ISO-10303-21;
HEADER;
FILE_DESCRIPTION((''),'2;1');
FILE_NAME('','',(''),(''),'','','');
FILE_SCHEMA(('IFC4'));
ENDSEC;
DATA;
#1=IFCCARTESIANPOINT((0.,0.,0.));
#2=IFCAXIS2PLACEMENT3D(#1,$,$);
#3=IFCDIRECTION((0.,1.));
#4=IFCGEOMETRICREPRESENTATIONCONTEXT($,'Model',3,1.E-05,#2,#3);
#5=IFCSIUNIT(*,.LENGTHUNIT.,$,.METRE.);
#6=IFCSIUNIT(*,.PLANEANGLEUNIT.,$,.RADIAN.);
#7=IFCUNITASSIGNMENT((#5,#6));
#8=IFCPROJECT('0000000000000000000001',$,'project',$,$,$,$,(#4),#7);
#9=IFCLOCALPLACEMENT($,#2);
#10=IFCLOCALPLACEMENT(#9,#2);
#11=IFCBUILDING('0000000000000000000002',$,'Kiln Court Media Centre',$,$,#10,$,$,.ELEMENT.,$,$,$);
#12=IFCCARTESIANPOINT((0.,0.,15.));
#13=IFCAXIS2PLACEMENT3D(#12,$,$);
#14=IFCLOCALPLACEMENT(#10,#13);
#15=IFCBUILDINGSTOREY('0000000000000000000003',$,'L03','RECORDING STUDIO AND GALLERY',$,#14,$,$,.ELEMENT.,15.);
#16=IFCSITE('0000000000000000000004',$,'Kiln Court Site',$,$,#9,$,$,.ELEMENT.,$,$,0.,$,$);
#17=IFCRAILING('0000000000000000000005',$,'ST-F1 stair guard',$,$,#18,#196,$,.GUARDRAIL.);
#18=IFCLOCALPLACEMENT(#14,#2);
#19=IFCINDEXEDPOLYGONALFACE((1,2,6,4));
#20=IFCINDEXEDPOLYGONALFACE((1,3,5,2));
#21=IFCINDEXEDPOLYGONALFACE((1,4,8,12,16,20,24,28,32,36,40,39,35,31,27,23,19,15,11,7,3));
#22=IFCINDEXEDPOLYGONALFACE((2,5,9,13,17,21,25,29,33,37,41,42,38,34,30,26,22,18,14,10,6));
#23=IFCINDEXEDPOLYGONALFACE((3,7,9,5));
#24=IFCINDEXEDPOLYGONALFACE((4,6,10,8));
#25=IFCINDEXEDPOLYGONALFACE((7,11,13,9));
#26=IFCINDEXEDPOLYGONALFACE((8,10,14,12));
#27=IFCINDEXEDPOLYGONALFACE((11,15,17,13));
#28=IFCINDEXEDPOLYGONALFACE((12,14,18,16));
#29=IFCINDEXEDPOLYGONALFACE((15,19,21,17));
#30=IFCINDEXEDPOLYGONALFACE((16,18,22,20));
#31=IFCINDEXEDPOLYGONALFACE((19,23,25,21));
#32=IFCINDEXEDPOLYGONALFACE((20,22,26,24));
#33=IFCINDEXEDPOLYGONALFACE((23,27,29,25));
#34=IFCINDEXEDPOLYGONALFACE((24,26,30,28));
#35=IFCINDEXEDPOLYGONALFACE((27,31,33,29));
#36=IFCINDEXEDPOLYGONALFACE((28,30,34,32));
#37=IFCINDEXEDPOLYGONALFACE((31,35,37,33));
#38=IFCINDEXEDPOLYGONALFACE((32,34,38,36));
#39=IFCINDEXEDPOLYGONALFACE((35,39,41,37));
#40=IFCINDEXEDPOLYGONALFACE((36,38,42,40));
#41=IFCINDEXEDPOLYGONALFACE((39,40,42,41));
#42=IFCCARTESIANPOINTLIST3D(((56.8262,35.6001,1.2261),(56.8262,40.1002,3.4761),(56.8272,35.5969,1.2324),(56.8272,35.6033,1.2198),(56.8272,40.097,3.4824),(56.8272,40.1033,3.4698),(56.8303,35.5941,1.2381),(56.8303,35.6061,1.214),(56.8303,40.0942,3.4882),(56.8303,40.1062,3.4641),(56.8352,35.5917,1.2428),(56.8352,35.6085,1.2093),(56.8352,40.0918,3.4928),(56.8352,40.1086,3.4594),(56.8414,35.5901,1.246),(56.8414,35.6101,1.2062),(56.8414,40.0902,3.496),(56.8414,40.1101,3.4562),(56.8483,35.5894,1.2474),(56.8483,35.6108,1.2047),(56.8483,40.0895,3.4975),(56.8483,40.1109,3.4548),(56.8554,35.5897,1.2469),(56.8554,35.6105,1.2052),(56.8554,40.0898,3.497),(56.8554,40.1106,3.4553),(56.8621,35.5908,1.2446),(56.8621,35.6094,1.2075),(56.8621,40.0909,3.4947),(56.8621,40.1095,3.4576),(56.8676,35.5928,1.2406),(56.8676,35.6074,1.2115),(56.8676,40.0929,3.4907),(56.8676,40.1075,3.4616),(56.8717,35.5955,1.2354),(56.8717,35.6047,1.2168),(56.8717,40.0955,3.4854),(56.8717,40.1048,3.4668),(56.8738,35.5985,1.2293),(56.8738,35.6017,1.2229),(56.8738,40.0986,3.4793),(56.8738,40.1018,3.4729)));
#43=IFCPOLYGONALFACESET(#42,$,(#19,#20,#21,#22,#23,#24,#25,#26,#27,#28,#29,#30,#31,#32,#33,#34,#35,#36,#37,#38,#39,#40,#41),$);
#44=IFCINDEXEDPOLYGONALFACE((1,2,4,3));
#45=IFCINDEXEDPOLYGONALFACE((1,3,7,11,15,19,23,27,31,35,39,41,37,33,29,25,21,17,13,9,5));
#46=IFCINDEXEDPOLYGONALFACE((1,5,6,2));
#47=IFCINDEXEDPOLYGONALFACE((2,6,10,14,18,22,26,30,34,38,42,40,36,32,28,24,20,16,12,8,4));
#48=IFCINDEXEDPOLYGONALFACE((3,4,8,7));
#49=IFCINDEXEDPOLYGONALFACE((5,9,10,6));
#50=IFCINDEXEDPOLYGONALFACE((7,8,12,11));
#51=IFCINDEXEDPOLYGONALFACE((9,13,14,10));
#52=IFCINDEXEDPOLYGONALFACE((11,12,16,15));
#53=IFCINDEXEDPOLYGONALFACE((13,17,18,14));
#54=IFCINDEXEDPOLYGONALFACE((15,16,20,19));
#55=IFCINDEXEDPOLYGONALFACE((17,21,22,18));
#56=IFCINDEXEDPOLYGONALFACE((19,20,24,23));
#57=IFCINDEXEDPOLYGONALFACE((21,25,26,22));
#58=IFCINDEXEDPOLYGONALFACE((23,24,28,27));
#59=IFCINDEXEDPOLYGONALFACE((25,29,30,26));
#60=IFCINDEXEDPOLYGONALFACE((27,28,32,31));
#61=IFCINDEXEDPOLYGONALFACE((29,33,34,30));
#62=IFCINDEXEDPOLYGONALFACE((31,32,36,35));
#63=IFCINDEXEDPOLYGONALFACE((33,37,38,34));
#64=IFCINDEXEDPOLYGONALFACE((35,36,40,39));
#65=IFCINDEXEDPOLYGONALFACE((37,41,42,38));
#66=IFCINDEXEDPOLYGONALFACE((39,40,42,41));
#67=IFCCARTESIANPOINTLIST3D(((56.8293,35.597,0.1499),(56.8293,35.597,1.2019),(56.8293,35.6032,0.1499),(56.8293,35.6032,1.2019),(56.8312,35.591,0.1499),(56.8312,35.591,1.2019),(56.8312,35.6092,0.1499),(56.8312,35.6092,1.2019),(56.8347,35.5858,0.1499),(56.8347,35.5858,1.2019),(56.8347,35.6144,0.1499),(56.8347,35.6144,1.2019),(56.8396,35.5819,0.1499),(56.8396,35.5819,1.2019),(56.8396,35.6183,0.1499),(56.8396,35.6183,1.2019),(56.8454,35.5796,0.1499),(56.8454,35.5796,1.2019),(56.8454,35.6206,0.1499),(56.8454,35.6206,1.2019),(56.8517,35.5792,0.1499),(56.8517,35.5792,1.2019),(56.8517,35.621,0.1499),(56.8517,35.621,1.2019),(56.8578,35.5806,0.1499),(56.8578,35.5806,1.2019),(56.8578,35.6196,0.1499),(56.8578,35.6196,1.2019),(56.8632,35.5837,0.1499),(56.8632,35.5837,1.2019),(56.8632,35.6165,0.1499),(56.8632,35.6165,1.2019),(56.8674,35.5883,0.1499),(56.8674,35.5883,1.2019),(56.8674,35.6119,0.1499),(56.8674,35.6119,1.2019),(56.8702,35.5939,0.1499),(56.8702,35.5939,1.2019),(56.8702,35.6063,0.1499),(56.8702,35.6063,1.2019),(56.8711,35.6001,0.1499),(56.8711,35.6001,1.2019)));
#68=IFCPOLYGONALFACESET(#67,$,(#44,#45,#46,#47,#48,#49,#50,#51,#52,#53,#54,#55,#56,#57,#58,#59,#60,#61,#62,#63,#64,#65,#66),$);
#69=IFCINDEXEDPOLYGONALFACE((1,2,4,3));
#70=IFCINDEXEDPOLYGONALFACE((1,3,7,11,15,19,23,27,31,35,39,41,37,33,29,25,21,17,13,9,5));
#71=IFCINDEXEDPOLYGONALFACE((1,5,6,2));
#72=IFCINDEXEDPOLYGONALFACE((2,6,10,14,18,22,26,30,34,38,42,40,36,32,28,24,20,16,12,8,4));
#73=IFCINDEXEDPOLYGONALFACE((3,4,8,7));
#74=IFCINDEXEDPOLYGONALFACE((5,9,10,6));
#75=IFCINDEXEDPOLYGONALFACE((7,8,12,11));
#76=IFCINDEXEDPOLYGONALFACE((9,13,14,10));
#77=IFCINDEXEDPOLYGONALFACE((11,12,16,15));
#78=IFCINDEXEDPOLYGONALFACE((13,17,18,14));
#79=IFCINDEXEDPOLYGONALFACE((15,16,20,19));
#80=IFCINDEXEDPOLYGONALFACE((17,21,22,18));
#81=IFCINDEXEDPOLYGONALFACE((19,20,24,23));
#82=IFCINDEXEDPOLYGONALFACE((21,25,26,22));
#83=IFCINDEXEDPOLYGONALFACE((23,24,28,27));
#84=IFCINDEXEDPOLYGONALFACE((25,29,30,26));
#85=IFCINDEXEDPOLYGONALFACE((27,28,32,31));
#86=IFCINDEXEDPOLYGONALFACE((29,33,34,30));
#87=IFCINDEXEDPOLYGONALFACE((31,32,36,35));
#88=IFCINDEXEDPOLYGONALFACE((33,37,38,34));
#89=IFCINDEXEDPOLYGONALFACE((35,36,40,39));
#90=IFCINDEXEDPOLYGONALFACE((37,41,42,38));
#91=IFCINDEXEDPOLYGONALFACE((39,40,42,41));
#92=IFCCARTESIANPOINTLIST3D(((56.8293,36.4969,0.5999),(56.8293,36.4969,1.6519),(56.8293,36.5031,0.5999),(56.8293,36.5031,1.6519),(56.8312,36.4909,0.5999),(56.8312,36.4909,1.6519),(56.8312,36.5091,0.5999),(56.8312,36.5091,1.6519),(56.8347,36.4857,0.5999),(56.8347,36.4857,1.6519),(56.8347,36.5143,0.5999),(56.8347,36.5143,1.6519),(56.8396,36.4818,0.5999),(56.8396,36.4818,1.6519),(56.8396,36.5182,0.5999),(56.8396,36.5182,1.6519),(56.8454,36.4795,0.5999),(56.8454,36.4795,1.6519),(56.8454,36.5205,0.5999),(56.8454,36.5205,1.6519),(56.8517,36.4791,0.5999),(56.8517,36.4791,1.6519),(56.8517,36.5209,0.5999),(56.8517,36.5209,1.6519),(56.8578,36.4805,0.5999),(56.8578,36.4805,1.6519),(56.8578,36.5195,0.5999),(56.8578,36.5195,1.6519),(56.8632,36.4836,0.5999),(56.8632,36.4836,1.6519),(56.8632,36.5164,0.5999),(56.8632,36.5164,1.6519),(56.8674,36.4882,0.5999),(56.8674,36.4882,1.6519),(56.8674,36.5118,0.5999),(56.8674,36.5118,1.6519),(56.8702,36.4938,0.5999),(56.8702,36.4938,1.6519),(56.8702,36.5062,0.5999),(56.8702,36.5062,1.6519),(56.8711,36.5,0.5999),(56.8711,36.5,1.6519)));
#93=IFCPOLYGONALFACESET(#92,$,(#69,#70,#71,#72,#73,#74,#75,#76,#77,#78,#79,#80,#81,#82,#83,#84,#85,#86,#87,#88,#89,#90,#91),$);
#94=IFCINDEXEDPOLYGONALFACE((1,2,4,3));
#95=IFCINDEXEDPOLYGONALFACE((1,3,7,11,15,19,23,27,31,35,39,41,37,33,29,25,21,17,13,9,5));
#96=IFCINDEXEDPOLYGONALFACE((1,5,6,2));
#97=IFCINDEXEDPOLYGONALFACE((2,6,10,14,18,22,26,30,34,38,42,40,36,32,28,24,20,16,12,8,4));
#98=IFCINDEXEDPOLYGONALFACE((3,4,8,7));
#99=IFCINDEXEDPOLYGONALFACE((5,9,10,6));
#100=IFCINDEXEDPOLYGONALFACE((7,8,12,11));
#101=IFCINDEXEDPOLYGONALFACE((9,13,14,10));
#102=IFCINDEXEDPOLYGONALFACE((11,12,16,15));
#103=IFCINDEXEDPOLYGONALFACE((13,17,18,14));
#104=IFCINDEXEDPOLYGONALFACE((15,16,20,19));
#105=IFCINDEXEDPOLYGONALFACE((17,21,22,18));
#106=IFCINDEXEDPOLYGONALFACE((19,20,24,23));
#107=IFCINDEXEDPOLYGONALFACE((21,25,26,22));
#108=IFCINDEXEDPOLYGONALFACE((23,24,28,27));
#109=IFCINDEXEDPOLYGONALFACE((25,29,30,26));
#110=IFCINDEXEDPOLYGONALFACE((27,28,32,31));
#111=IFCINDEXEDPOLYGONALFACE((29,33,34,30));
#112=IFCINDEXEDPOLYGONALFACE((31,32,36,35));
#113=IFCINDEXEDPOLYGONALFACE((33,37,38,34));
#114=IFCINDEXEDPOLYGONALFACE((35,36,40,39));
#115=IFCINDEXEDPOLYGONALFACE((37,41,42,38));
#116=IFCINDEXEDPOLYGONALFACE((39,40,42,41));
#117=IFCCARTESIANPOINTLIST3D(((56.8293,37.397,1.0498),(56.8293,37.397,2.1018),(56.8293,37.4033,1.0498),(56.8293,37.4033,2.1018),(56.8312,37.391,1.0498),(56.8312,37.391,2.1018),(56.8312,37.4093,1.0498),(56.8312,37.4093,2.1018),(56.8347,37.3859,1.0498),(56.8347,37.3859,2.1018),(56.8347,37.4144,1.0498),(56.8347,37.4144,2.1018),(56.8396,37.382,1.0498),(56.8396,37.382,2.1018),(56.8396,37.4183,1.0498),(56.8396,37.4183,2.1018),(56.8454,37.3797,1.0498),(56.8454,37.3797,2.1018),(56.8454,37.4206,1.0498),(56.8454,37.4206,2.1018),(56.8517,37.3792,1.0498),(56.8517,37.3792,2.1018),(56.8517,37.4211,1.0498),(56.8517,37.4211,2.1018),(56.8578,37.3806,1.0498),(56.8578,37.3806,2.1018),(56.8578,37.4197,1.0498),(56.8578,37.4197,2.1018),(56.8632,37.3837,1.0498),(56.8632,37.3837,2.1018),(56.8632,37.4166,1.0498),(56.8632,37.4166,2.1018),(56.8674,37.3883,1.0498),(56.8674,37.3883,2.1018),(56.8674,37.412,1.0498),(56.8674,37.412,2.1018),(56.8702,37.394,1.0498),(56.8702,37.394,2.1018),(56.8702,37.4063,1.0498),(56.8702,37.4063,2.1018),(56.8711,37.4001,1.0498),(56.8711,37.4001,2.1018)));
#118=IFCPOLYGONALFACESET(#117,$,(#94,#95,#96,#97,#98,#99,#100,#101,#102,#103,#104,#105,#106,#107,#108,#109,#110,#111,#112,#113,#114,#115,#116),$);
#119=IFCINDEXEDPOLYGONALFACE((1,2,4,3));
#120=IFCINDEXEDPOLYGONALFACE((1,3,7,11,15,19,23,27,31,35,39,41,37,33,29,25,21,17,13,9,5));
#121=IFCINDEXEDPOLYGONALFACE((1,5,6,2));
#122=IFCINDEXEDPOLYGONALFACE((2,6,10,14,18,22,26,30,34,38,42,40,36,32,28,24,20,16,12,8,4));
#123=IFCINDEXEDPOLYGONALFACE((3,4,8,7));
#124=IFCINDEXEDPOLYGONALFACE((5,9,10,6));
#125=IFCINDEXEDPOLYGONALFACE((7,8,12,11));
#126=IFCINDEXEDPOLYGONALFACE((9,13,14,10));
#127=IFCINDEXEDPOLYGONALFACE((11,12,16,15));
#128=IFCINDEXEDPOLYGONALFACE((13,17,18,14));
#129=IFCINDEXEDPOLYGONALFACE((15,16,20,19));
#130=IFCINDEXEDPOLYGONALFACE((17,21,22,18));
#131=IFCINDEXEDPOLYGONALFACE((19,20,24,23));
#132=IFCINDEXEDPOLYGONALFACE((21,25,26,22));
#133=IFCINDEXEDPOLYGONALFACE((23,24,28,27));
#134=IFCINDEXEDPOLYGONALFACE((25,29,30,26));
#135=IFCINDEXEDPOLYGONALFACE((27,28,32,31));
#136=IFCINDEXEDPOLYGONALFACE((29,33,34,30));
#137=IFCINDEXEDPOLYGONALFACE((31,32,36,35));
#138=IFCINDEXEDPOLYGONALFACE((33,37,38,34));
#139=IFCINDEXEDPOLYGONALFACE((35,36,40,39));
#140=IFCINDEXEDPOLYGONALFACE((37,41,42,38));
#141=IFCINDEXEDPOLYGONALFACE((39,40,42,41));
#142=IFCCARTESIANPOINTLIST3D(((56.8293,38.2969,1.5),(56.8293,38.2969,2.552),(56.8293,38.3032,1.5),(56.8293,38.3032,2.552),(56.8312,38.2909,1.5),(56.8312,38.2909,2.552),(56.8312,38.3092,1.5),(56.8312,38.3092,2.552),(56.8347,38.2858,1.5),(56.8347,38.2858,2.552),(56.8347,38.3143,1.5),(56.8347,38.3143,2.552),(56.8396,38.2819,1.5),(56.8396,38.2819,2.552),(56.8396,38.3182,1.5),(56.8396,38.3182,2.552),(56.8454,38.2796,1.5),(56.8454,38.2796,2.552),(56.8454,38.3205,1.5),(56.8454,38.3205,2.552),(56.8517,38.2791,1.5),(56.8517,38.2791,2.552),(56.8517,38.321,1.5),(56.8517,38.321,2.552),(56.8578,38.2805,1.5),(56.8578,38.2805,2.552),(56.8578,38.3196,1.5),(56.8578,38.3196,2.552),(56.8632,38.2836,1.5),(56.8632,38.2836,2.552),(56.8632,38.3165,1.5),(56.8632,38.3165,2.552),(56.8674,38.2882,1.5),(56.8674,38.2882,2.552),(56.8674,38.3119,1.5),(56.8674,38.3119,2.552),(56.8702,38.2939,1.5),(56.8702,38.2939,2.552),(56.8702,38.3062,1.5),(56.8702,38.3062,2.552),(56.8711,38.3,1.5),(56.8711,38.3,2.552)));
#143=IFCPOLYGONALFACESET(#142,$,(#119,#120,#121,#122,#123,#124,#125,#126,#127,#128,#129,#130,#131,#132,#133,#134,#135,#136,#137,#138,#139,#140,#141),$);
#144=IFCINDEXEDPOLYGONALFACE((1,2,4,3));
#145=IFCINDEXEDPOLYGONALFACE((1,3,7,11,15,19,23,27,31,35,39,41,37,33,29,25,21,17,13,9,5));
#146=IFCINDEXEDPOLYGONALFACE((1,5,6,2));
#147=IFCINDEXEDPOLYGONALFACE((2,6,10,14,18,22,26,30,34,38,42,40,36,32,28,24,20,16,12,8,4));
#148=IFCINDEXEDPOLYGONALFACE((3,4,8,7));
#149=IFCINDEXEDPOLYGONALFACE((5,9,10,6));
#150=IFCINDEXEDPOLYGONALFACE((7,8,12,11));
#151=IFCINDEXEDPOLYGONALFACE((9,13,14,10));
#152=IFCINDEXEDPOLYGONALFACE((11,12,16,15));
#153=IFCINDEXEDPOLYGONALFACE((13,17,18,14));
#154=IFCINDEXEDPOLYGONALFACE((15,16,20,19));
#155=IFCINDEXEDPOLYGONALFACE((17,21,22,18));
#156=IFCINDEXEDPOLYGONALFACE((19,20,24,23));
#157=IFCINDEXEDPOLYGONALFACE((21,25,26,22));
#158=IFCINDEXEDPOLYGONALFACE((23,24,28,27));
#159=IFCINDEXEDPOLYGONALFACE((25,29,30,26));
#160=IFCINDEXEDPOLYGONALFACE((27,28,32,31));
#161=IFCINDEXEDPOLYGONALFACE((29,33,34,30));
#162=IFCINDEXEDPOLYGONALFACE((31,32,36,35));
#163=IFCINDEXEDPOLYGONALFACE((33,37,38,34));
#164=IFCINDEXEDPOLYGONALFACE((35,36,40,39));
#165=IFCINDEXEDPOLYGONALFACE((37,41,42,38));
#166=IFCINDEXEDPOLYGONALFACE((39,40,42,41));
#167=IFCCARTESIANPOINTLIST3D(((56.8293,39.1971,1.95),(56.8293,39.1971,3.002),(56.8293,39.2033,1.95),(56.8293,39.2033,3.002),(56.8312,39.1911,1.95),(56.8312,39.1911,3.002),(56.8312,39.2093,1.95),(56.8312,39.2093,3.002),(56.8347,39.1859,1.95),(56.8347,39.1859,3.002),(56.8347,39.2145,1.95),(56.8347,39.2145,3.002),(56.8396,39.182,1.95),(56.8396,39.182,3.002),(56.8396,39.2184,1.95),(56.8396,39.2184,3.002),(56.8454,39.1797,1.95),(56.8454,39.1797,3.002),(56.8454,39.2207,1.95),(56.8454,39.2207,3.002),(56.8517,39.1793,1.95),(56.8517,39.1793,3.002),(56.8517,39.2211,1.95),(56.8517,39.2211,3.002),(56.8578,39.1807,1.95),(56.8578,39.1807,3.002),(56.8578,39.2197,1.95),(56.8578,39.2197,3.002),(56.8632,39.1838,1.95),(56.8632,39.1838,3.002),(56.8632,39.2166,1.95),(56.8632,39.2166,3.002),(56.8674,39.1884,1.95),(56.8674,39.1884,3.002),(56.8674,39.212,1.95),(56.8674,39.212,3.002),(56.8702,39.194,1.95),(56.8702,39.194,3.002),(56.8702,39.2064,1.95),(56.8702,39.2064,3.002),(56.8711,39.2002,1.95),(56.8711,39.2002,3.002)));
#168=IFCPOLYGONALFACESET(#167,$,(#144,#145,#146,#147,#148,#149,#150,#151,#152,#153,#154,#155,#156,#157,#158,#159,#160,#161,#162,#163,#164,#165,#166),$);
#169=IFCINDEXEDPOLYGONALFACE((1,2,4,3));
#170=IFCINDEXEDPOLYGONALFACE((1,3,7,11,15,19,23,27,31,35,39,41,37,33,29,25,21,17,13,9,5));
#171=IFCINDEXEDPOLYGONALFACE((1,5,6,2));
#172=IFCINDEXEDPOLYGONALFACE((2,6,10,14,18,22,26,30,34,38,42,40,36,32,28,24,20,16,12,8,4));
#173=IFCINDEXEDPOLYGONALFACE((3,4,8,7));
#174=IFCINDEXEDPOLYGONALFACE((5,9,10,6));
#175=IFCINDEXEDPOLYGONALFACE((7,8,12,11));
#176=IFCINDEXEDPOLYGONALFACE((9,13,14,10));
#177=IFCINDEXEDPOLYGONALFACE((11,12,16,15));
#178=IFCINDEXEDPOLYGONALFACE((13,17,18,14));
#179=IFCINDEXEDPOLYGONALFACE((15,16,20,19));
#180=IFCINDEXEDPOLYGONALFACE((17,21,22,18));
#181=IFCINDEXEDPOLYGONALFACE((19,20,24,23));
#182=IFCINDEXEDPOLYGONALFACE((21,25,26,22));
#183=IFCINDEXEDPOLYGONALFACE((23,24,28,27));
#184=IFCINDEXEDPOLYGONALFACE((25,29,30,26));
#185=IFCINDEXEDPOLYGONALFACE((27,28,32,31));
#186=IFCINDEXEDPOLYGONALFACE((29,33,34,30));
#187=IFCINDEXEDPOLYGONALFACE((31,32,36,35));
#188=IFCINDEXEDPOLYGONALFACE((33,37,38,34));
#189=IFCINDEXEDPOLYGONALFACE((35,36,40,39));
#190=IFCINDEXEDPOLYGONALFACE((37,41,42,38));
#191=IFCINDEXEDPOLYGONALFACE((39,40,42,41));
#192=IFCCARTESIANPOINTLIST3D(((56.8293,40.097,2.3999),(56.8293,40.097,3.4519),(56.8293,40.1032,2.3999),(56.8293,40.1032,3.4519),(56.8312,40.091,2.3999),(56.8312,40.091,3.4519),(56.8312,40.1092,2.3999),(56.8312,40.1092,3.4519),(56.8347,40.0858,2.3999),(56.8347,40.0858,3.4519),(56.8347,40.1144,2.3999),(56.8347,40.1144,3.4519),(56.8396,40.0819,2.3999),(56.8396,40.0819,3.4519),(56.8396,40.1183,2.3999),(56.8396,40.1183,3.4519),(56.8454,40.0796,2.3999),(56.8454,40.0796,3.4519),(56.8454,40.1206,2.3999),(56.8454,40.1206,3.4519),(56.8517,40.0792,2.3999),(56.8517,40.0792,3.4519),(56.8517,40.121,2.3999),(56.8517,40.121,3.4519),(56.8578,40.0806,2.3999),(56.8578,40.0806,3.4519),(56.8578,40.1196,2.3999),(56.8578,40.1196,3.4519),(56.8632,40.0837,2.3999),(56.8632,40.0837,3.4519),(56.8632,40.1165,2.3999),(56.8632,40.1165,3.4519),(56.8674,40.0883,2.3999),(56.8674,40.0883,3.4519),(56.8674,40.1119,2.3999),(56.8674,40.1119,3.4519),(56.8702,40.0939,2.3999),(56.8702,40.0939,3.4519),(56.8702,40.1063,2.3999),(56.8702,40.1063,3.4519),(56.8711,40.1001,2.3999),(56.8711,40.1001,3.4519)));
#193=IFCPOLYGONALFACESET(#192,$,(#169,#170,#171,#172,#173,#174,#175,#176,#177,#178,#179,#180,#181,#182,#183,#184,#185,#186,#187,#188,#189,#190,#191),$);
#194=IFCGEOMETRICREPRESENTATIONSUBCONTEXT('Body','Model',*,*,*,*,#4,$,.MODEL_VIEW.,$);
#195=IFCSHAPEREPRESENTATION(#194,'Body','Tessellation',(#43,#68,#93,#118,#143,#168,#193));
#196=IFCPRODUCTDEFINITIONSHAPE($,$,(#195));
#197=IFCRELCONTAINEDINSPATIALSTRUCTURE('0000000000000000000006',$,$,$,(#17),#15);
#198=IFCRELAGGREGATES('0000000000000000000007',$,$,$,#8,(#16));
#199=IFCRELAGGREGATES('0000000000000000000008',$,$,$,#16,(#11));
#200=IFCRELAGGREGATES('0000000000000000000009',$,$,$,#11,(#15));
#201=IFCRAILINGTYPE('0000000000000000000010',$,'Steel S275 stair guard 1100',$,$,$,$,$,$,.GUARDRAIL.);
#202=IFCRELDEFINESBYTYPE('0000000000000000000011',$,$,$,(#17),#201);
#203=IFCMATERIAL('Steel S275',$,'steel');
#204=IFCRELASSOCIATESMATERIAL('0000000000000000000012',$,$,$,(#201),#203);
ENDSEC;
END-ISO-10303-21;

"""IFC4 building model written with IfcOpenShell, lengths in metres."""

from ifc_helpers import new_model, si_unit, direction, frame, origin, origin_2d, place, context, subcontext, project, spatial, circle, extrude, material, type_object, element, save


model = new_model("IFC4")

# Units and contexts
model_context = context("Model", 3, precision=1e-05, world=origin(), true_north=direction((0.0, 1.0)))
body_context = subcontext(model_context, "Body", "Model", "MODEL_VIEW")
ifc_project = project(units=[si_unit("LENGTHUNIT", "METRE"), si_unit("PLANEANGLEUNIT", "RADIAN")], contexts=[model_context])

# Site, building, storey
site_placement = place(None, origin())
site = spatial("IfcSite", under=ifc_project, at=site_placement, Name="Kiln Court Site", CompositionType="ELEMENT", RefElevation=0.0)
building_placement = place(site_placement, origin())
building = spatial("IfcBuilding", under=site, at=building_placement, Name="Kiln Court Media Centre", CompositionType="ELEMENT")
storey_placement = place(building_placement, frame((0.0, 0.0, 15.0)))
storey = spatial("IfcBuildingStorey", under=building, at=storey_placement, Name="L03", Description="RECORDING STUDIO AND GALLERY", CompositionType="ELEMENT", Elevation=15.0)

# Railing
ifc_material_1 = material(Name="Steel S275", Category="steel")
railing_type_1 = type_object("IfcRailingType", Name="Steel S275 stair guard 1100", PredefinedType="GUARDRAIL", material=ifc_material_1)
railing_1_placement = place(storey_placement, frame((56.8501, 35.6001, 0.1499)))
element("IfcRailing", 1, at=railing_1_placement, inside=storey, type_object=railing_type_1, Name="ST-F1 stair guard", PredefinedType="GUARDRAIL", context=body_context, shape_type="SweptSolid", body=[
    extrude(circle(Radius=0.0239, at=origin_2d()), frame((0.0, 0.0, 1.0762), z_axis=(0.0, 0.894427, 0.447214), x_axis=(-1.0, 0.0, 0.0)), (0.0, 0.0, 1.0), 5.0312),
    extrude(circle(Radius=0.021, at=origin_2d()), origin(), (0.0, 0.0, 1.0), 1.052),
    extrude(circle(Radius=0.021, at=origin_2d()), frame((0.0, 0.8999, 0.45)), (0.0, 0.0, 1.0), 1.052),
    extrude(circle(Radius=0.021, at=origin_2d()), frame((0.0, 1.8, 0.8999)), (0.0, 0.0, 1.0), 1.052),
    extrude(circle(Radius=0.021, at=origin_2d()), frame((0.0, 2.7, 1.3501)), (0.0, 0.0, 1.0), 1.052),
    extrude(circle(Radius=0.021, at=origin_2d()), frame((0.0, 3.6001, 1.8)), (0.0, 0.0, 1.0), 1.052),
    extrude(circle(Radius=0.021, at=origin_2d()), frame((0.0, 4.5, 2.25)), (0.0, 0.0, 1.0), 1.052),
])

save(model, "model.ifc")
